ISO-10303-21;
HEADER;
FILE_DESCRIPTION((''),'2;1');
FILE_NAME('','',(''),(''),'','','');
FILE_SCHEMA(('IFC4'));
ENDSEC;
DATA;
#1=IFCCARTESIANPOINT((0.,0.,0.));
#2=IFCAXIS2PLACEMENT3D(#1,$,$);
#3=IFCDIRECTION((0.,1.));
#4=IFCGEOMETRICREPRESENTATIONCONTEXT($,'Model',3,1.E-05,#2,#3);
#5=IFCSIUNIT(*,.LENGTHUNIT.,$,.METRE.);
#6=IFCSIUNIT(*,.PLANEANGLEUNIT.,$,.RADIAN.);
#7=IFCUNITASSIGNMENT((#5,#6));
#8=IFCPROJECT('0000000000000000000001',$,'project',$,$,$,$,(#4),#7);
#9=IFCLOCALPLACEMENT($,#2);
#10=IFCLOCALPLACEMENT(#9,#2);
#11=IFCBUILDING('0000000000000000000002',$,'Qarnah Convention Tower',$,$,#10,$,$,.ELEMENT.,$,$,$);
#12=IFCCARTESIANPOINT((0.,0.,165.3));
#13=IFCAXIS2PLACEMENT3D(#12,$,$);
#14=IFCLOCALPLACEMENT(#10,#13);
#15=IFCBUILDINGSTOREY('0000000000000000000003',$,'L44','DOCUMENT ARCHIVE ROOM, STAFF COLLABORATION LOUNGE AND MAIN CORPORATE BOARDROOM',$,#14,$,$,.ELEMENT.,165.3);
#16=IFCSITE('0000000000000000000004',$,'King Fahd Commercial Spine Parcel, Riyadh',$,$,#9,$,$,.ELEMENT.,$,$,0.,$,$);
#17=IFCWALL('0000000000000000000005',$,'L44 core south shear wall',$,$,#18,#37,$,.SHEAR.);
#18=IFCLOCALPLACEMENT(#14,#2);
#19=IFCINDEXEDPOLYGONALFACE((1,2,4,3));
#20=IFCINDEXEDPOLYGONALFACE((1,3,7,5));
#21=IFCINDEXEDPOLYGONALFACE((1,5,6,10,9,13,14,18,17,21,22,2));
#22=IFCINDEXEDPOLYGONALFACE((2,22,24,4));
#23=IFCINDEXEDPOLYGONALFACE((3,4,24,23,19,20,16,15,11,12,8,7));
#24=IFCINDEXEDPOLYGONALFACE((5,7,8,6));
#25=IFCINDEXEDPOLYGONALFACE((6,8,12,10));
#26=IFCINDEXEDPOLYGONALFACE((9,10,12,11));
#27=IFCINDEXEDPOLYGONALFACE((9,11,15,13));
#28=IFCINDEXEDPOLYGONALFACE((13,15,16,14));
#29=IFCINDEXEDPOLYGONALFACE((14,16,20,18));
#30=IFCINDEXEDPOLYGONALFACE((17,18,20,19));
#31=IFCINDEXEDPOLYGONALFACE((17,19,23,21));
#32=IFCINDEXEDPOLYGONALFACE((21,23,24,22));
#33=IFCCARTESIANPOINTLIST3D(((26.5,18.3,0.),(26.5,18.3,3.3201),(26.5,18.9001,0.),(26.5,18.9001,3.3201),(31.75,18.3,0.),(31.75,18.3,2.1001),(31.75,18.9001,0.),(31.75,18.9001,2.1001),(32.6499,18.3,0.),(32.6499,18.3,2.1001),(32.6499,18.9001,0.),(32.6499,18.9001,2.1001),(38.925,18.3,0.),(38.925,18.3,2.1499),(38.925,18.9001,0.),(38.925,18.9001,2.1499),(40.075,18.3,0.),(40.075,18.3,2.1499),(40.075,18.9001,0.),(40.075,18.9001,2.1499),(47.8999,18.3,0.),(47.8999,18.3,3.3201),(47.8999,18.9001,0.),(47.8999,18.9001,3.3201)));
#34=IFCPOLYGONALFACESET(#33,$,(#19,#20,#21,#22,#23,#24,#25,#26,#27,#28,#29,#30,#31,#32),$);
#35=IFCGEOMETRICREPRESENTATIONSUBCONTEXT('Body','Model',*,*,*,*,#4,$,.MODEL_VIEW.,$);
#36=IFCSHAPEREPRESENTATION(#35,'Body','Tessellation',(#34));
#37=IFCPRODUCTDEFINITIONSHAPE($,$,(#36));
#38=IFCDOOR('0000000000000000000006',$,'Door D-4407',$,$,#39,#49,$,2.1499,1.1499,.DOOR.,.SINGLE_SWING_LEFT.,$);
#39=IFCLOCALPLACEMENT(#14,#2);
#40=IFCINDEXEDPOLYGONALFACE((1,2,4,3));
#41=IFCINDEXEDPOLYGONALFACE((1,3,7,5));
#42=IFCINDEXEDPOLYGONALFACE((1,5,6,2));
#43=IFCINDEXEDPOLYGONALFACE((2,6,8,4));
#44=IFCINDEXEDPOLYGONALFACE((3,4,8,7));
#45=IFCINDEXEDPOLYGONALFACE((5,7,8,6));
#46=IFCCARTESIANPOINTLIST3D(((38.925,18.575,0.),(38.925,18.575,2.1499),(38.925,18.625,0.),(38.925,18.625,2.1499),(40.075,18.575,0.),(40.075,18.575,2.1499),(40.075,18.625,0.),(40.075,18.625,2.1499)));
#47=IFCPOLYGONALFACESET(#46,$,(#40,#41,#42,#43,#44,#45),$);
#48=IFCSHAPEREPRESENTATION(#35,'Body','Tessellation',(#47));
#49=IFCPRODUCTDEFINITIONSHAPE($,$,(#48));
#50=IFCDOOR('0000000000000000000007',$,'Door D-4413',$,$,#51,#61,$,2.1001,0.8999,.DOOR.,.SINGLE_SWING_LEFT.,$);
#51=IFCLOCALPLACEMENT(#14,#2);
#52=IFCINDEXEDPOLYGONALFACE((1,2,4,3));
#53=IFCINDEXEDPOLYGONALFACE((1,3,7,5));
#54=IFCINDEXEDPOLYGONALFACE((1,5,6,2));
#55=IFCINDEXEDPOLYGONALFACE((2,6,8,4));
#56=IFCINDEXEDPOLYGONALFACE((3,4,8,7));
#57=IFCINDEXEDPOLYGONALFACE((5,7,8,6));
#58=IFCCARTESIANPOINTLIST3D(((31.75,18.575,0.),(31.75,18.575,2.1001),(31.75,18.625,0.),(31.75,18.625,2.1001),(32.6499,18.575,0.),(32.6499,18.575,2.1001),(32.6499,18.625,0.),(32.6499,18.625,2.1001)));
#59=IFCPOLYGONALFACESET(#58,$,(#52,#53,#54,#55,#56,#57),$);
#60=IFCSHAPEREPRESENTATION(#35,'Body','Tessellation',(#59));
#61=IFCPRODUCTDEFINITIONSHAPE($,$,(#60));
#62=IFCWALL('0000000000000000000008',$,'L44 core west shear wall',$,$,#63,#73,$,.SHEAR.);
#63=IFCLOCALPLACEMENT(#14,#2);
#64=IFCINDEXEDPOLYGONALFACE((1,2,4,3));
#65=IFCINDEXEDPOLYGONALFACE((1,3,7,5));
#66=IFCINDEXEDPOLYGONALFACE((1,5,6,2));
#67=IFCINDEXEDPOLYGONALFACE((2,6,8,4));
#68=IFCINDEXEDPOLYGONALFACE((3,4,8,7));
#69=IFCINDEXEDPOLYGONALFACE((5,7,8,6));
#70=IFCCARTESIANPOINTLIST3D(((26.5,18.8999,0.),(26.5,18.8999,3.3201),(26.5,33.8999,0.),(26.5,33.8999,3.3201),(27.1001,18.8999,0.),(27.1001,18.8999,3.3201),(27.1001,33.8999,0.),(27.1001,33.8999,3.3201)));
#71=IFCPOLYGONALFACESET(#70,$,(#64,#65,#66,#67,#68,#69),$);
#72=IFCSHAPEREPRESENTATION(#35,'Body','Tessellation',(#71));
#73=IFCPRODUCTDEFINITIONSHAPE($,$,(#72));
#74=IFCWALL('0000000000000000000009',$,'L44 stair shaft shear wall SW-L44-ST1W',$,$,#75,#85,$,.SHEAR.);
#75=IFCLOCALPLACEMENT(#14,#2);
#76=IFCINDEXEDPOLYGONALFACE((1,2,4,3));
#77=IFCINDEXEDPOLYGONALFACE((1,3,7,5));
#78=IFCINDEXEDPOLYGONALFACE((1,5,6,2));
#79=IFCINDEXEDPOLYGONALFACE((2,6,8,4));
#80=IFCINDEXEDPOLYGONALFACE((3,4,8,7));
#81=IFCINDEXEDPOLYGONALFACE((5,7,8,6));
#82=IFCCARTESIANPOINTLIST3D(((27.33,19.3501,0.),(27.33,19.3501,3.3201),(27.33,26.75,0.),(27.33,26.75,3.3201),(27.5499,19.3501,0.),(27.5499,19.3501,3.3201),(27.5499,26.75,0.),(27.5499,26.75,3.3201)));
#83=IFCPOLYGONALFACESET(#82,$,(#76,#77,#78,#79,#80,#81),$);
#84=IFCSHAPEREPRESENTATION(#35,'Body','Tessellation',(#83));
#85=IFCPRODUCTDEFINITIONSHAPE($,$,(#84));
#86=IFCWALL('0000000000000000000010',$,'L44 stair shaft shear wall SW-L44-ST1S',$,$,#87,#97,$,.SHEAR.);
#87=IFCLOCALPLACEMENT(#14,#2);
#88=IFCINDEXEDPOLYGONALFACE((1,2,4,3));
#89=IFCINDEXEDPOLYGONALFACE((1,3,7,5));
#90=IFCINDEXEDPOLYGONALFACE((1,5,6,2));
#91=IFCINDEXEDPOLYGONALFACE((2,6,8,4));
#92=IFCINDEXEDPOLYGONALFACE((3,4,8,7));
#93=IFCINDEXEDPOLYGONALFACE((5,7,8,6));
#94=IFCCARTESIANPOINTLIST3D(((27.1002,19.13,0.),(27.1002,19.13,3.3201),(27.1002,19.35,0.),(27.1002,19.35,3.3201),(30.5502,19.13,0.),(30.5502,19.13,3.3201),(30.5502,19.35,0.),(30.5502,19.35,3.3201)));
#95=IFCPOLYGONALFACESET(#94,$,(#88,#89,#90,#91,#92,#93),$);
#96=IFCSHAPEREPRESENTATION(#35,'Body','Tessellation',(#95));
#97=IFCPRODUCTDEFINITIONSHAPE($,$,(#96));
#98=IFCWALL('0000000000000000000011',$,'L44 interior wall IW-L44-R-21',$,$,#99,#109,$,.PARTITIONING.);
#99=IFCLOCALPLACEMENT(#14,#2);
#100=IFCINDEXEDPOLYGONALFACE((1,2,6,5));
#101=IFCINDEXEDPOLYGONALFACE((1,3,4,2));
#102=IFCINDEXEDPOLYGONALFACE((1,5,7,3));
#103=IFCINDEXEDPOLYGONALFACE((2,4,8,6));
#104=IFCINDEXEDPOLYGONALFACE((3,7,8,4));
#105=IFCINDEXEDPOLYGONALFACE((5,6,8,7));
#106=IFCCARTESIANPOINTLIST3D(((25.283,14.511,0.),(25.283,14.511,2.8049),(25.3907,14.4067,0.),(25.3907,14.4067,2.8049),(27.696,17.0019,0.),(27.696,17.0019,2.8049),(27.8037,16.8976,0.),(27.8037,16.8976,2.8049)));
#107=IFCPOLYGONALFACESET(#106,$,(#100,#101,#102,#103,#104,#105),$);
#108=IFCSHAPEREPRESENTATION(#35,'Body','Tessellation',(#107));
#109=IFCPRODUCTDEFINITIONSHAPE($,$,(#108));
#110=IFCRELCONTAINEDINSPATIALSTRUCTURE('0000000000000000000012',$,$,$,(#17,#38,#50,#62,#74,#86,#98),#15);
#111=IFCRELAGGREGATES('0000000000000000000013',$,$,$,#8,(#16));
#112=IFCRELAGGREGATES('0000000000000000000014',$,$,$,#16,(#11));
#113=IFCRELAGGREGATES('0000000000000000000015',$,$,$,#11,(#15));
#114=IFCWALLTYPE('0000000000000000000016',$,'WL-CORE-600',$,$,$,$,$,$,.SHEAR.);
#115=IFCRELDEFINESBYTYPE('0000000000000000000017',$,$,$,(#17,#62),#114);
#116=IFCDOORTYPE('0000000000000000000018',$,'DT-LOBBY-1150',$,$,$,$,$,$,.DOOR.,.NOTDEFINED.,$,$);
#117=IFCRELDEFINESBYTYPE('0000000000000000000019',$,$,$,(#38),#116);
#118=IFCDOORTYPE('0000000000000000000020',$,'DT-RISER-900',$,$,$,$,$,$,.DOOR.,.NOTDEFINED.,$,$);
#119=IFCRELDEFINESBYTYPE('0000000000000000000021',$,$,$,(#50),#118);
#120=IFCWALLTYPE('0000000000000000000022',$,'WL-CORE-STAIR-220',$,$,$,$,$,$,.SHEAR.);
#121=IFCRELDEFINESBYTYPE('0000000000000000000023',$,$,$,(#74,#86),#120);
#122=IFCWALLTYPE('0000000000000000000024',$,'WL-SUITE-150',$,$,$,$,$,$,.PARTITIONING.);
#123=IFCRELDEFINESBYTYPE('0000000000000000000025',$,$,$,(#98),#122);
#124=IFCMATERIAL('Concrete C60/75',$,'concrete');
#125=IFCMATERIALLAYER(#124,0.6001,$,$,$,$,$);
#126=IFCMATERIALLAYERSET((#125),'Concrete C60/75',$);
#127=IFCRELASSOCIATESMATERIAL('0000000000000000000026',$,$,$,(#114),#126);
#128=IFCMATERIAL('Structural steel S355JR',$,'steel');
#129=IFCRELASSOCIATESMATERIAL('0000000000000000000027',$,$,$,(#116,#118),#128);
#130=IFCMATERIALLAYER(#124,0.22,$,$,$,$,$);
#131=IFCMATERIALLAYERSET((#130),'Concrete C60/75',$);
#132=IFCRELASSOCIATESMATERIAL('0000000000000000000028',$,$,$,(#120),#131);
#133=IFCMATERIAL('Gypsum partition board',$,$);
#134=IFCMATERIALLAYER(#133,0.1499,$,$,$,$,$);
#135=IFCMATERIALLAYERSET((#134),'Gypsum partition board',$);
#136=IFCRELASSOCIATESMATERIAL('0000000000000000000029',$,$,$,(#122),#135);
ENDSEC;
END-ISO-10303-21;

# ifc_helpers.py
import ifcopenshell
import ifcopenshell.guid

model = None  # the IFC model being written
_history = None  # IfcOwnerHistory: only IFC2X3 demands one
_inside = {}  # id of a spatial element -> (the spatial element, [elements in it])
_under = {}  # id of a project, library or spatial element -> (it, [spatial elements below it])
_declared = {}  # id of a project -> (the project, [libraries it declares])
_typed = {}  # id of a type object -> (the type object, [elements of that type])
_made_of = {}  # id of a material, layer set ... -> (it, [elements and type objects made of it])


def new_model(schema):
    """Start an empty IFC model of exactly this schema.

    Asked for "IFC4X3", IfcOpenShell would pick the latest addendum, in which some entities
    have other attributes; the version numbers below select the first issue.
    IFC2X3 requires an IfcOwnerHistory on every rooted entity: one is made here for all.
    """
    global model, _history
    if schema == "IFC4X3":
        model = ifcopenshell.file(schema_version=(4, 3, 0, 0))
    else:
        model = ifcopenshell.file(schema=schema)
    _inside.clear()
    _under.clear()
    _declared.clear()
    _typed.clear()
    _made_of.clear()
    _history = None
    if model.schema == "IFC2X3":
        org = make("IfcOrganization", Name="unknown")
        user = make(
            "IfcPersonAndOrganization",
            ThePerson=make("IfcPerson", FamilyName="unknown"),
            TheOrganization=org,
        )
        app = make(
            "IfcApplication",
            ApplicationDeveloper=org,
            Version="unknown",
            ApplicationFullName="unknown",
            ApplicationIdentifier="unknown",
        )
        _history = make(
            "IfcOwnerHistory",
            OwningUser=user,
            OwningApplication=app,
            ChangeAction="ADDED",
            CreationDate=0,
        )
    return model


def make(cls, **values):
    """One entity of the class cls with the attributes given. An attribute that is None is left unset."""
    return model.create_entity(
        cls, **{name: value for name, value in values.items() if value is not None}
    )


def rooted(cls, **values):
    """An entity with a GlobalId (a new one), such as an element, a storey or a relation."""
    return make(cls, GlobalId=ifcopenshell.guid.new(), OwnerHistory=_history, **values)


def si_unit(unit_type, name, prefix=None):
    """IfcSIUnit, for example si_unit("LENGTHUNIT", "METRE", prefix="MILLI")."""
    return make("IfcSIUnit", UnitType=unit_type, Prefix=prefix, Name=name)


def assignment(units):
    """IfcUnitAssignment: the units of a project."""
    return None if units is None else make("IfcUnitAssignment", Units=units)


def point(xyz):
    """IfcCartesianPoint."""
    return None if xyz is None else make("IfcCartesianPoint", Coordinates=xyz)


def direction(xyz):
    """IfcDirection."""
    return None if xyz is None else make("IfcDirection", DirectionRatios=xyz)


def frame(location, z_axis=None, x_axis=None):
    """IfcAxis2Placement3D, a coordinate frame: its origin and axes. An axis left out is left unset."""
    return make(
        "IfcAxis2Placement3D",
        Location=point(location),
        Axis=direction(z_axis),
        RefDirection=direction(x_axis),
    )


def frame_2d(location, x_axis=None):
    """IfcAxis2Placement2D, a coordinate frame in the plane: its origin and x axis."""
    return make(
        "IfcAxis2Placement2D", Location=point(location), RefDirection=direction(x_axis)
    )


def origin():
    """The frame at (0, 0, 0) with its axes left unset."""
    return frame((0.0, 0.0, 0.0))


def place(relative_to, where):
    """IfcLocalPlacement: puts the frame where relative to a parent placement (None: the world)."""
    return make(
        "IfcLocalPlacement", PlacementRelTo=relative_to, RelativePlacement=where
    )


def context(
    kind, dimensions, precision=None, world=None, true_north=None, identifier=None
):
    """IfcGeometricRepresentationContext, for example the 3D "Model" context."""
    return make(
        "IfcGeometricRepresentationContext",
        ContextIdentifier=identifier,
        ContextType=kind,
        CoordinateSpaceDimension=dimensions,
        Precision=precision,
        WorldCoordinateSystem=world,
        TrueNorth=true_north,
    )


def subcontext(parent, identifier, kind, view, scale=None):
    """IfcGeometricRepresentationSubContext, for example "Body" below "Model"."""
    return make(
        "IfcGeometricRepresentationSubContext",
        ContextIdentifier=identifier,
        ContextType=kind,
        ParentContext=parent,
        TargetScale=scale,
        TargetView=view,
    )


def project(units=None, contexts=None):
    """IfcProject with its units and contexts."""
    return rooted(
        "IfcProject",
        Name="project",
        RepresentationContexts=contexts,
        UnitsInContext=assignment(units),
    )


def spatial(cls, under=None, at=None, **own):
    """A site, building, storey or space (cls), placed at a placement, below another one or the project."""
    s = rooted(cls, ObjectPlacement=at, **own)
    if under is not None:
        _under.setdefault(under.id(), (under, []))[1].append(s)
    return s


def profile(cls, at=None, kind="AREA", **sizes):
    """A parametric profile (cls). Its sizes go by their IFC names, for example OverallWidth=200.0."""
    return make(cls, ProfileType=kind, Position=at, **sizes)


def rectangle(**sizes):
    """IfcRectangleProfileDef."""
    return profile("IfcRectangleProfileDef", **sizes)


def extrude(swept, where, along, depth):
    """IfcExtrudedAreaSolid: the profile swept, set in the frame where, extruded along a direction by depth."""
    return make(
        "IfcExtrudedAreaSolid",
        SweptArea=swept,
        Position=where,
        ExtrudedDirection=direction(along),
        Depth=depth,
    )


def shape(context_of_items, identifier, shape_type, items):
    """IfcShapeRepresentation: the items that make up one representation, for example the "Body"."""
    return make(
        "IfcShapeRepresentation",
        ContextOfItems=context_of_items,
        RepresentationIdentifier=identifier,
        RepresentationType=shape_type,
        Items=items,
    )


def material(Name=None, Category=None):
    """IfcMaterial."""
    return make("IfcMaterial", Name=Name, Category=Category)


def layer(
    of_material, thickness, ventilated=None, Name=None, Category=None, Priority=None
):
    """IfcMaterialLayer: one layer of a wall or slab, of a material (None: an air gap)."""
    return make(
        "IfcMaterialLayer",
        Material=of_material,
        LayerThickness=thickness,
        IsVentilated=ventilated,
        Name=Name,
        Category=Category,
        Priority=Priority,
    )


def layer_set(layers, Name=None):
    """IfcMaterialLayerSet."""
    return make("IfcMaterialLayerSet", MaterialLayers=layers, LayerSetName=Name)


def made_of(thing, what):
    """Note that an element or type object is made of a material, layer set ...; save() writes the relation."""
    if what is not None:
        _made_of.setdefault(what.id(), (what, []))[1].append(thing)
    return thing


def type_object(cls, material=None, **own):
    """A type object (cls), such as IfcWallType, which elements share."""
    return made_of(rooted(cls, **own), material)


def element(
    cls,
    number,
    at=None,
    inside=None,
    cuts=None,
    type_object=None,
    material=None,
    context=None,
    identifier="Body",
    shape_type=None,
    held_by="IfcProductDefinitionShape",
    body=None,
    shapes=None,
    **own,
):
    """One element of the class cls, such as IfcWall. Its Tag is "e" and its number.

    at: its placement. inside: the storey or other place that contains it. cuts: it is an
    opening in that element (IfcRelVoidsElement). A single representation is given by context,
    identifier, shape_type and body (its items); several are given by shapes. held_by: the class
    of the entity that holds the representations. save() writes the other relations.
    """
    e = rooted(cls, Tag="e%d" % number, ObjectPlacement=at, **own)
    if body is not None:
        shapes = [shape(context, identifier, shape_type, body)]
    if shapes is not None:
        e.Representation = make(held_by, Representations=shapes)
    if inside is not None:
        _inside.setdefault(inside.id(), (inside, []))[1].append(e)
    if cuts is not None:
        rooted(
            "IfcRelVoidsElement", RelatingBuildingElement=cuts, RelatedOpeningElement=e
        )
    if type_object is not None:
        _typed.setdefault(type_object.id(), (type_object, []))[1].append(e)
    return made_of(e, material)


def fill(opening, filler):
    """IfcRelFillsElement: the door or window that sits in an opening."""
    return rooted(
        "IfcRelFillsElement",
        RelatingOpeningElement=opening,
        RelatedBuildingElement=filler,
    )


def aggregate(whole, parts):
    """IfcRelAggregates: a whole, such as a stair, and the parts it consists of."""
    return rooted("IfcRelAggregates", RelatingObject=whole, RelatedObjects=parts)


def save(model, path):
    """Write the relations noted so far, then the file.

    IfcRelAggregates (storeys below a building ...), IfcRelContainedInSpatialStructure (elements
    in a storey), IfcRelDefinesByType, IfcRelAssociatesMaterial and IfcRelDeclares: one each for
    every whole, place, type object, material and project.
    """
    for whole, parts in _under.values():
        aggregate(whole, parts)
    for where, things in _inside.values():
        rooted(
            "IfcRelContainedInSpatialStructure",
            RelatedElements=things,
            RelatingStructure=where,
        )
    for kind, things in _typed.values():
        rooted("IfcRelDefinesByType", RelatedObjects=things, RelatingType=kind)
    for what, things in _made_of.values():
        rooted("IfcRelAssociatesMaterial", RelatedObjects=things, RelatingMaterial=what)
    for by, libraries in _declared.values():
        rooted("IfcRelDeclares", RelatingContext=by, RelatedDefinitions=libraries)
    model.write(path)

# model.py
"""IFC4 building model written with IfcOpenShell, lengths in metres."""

from ifc_helpers import new_model, si_unit, direction, frame, frame_2d, origin, place, context, subcontext, project, spatial, rectangle, extrude, material, layer, layer_set, type_object, element, fill, save


model = new_model("IFC4")

# Units and contexts
model_context = context("Model", 3, precision=1e-05, world=origin(), true_north=direction((0.0, 1.0)))
body_context = subcontext(model_context, "Body", "Model", "MODEL_VIEW")
ifc_project = project(units=[si_unit("LENGTHUNIT", "METRE"), si_unit("PLANEANGLEUNIT", "RADIAN")], contexts=[model_context])

# Site, building, storey
site_placement = place(None, origin())
site = spatial("IfcSite", under=ifc_project, at=site_placement, Name="King Fahd Commercial Spine Parcel, Riyadh", CompositionType="ELEMENT", RefElevation=0.0)
building_placement = place(site_placement, origin())
building = spatial("IfcBuilding", under=site, at=building_placement, Name="Qarnah Convention Tower", CompositionType="ELEMENT")
storey_placement = place(building_placement, frame((0.0, 0.0, 165.3)))
storey = spatial("IfcBuildingStorey", under=building, at=storey_placement, Name="L44", Description="DOCUMENT ARCHIVE ROOM, STAFF COLLABORATION LOUNGE AND MAIN CORPORATE BOARDROOM", CompositionType="ELEMENT", Elevation=165.3)

# Shared definitions
ifc_material_1 = material(Name="Concrete C60/75", Category="concrete")

# Shared definitions
ifc_material_2 = material(Name="Structural steel S355JR", Category="steel")

# Wall, openings, doors
ifc_layer_1 = layer(ifc_material_1, 0.6001)
ifc_layer_set_1 = layer_set([ifc_layer_1], Name="Concrete C60/75")
wall_type_1 = type_object("IfcWallType", Name="WL-CORE-600", PredefinedType="SHEAR", material=ifc_layer_set_1)
wall_1_placement = place(storey_placement, frame((26.5, 18.6001, 0.0), z_axis=(0.0, 0.0, 1.0), x_axis=(1.0, 0.0, 0.0)))
wall_1 = element("IfcWall", 1, at=wall_1_placement, inside=storey, type_object=wall_type_1, Name="L44 core south shear wall", PredefinedType="SHEAR", context=body_context, shape_type="SweptSolid", body=[
    extrude(rectangle(XDim=21.3999, YDim=0.6001, at=frame_2d((10.7, 0.0))), origin(), (0.0, 0.0, 1.0), 3.3201),
])
opening_1_placement = place(wall_1_placement, frame((12.425, 0.0, 0.0)))
opening_1 = element("IfcOpeningElement", 2, at=opening_1_placement, cuts=wall_1, PredefinedType="OPENING", context=body_context, shape_type="SweptSolid", body=[
    extrude(rectangle(XDim=1.1499, YDim=2.1499, at=frame_2d((0.575, 1.075))), frame((0.0, 0.3101, 0.0), z_axis=(0.0, -1.0, 0.0), x_axis=(1.0, 0.0, 0.0)), (0.0, 0.0, 1.0), 0.6201),
])
opening_2_placement = place(wall_1_placement, frame((5.25, 0.0, 0.0)))
opening_2 = element("IfcOpeningElement", 3, at=opening_2_placement, cuts=wall_1, PredefinedType="OPENING", context=body_context, shape_type="SweptSolid", body=[
    extrude(rectangle(XDim=0.8999, YDim=2.1001, at=frame_2d((0.45, 1.05))), frame((0.0, 0.3101, 0.0), z_axis=(0.0, -1.0, 0.0), x_axis=(1.0, 0.0, 0.0)), (0.0, 0.0, 1.0), 0.6201),
])
door_type_1 = type_object("IfcDoorType", Name="DT-LOBBY-1150", OperationType="NOTDEFINED", PredefinedType="DOOR", material=ifc_material_2)
door_1_placement = place(opening_1_placement, origin())
door_1 = element("IfcDoor", 4, at=door_1_placement, inside=storey, type_object=door_type_1, Name="Door D-4407", OperationType="SINGLE_SWING_LEFT", OverallHeight=2.1499, OverallWidth=1.1499, PredefinedType="DOOR", context=body_context, shape_type="SweptSolid", body=[
    extrude(rectangle(XDim=1.1499, YDim=2.1499, at=frame_2d((0.575, 1.075))), frame((0.0, 0.0249, 0.0), z_axis=(0.0, -1.0, 0.0), x_axis=(1.0, 0.0, 0.0)), (0.0, 0.0, 1.0), 0.05),
])
fill(opening_1, door_1)
door_type_2 = type_object("IfcDoorType", Name="DT-RISER-900", OperationType="NOTDEFINED", PredefinedType="DOOR", material=ifc_material_2)
door_2_placement = place(opening_2_placement, origin())
door_2 = element("IfcDoor", 5, at=door_2_placement, inside=storey, type_object=door_type_2, Name="Door D-4413", OperationType="SINGLE_SWING_LEFT", OverallHeight=2.1001, OverallWidth=0.8999, PredefinedType="DOOR", context=body_context, shape_type="SweptSolid", body=[
    extrude(rectangle(XDim=0.8999, YDim=2.1001, at=frame_2d((0.45, 1.05))), frame((0.0, 0.0249, 0.0), z_axis=(0.0, -1.0, 0.0), x_axis=(1.0, 0.0, 0.0)), (0.0, 0.0, 1.0), 0.05),
])
fill(opening_2, door_2)

# Walls
wall_2_placement = place(storey_placement, frame((26.8, 18.8999, 0.0), z_axis=(0.0, 0.0, 1.0), x_axis=(0.0, 1.0, 0.0)))
element("IfcWall", 6, at=wall_2_placement, inside=storey, type_object=wall_type_1, Name="L44 core west shear wall", PredefinedType="SHEAR", context=body_context, shape_type="SweptSolid", body=[
    extrude(rectangle(XDim=15.0, YDim=0.6001, at=frame_2d((7.5, 0.0))), origin(), (0.0, 0.0, 1.0), 3.3201),
])
ifc_layer_2 = layer(ifc_material_1, 0.22)
ifc_layer_set_2 = layer_set([ifc_layer_2], Name="Concrete C60/75")
wall_type_2 = type_object("IfcWallType", Name="WL-CORE-STAIR-220", PredefinedType="SHEAR", material=ifc_layer_set_2)
wall_3_placement = place(storey_placement, frame((27.4399, 19.3501, 0.0), z_axis=(0.0, 0.0, 1.0), x_axis=(0.0, 1.0, 0.0)))
element("IfcWall", 7, at=wall_3_placement, inside=storey, type_object=wall_type_2, Name="L44 stair shaft shear wall SW-L44-ST1W", PredefinedType="SHEAR", context=body_context, shape_type="SweptSolid", body=[
    extrude(rectangle(XDim=7.3999, YDim=0.22, at=frame_2d((3.7, 0.0))), origin(), (0.0, 0.0, 1.0), 3.3201),
])
wall_4_placement = place(storey_placement, frame((27.1001, 19.24, 0.0), z_axis=(0.0, 0.0, 1.0), x_axis=(1.0, 0.0, 0.0)))
element("IfcWall", 8, at=wall_4_placement, inside=storey, type_object=wall_type_2, Name="L44 stair shaft shear wall SW-L44-ST1S", PredefinedType="SHEAR", context=body_context, shape_type="SweptSolid", body=[
    extrude(rectangle(XDim=3.45, YDim=0.22, at=frame_2d((1.7251, 0.0))), origin(), (0.0, 0.0, 1.0), 3.3201),
])
ifc_material_3 = material(Name="Gypsum partition board")
ifc_layer_3 = layer(ifc_material_3, 0.1499)
ifc_layer_set_3 = layer_set([ifc_layer_3], Name="Gypsum partition board")
wall_type_3 = type_object("IfcWallType", Name="WL-SUITE-150", PredefinedType="PARTITIONING", material=ifc_layer_set_3)
wall_5_placement = place(storey_placement, frame((25.3369, 14.459, 0.0), z_axis=(0.0, 0.0, 1.0), x_axis=(0.69579, 0.718246, 0.0)))
element("IfcWall", 9, at=wall_5_placement, inside=storey, type_object=wall_type_3, Name="L44 interior wall IW-L44-R-21", PredefinedType="PARTITIONING", context=body_context, shape_type="SweptSolid", body=[
    extrude(rectangle(XDim=3.468, YDim=0.1499, at=frame_2d((1.7339, 0.0))), origin(), (0.0, 0.0, 1.0), 2.8049),
])

save(model, "model.ifc")
